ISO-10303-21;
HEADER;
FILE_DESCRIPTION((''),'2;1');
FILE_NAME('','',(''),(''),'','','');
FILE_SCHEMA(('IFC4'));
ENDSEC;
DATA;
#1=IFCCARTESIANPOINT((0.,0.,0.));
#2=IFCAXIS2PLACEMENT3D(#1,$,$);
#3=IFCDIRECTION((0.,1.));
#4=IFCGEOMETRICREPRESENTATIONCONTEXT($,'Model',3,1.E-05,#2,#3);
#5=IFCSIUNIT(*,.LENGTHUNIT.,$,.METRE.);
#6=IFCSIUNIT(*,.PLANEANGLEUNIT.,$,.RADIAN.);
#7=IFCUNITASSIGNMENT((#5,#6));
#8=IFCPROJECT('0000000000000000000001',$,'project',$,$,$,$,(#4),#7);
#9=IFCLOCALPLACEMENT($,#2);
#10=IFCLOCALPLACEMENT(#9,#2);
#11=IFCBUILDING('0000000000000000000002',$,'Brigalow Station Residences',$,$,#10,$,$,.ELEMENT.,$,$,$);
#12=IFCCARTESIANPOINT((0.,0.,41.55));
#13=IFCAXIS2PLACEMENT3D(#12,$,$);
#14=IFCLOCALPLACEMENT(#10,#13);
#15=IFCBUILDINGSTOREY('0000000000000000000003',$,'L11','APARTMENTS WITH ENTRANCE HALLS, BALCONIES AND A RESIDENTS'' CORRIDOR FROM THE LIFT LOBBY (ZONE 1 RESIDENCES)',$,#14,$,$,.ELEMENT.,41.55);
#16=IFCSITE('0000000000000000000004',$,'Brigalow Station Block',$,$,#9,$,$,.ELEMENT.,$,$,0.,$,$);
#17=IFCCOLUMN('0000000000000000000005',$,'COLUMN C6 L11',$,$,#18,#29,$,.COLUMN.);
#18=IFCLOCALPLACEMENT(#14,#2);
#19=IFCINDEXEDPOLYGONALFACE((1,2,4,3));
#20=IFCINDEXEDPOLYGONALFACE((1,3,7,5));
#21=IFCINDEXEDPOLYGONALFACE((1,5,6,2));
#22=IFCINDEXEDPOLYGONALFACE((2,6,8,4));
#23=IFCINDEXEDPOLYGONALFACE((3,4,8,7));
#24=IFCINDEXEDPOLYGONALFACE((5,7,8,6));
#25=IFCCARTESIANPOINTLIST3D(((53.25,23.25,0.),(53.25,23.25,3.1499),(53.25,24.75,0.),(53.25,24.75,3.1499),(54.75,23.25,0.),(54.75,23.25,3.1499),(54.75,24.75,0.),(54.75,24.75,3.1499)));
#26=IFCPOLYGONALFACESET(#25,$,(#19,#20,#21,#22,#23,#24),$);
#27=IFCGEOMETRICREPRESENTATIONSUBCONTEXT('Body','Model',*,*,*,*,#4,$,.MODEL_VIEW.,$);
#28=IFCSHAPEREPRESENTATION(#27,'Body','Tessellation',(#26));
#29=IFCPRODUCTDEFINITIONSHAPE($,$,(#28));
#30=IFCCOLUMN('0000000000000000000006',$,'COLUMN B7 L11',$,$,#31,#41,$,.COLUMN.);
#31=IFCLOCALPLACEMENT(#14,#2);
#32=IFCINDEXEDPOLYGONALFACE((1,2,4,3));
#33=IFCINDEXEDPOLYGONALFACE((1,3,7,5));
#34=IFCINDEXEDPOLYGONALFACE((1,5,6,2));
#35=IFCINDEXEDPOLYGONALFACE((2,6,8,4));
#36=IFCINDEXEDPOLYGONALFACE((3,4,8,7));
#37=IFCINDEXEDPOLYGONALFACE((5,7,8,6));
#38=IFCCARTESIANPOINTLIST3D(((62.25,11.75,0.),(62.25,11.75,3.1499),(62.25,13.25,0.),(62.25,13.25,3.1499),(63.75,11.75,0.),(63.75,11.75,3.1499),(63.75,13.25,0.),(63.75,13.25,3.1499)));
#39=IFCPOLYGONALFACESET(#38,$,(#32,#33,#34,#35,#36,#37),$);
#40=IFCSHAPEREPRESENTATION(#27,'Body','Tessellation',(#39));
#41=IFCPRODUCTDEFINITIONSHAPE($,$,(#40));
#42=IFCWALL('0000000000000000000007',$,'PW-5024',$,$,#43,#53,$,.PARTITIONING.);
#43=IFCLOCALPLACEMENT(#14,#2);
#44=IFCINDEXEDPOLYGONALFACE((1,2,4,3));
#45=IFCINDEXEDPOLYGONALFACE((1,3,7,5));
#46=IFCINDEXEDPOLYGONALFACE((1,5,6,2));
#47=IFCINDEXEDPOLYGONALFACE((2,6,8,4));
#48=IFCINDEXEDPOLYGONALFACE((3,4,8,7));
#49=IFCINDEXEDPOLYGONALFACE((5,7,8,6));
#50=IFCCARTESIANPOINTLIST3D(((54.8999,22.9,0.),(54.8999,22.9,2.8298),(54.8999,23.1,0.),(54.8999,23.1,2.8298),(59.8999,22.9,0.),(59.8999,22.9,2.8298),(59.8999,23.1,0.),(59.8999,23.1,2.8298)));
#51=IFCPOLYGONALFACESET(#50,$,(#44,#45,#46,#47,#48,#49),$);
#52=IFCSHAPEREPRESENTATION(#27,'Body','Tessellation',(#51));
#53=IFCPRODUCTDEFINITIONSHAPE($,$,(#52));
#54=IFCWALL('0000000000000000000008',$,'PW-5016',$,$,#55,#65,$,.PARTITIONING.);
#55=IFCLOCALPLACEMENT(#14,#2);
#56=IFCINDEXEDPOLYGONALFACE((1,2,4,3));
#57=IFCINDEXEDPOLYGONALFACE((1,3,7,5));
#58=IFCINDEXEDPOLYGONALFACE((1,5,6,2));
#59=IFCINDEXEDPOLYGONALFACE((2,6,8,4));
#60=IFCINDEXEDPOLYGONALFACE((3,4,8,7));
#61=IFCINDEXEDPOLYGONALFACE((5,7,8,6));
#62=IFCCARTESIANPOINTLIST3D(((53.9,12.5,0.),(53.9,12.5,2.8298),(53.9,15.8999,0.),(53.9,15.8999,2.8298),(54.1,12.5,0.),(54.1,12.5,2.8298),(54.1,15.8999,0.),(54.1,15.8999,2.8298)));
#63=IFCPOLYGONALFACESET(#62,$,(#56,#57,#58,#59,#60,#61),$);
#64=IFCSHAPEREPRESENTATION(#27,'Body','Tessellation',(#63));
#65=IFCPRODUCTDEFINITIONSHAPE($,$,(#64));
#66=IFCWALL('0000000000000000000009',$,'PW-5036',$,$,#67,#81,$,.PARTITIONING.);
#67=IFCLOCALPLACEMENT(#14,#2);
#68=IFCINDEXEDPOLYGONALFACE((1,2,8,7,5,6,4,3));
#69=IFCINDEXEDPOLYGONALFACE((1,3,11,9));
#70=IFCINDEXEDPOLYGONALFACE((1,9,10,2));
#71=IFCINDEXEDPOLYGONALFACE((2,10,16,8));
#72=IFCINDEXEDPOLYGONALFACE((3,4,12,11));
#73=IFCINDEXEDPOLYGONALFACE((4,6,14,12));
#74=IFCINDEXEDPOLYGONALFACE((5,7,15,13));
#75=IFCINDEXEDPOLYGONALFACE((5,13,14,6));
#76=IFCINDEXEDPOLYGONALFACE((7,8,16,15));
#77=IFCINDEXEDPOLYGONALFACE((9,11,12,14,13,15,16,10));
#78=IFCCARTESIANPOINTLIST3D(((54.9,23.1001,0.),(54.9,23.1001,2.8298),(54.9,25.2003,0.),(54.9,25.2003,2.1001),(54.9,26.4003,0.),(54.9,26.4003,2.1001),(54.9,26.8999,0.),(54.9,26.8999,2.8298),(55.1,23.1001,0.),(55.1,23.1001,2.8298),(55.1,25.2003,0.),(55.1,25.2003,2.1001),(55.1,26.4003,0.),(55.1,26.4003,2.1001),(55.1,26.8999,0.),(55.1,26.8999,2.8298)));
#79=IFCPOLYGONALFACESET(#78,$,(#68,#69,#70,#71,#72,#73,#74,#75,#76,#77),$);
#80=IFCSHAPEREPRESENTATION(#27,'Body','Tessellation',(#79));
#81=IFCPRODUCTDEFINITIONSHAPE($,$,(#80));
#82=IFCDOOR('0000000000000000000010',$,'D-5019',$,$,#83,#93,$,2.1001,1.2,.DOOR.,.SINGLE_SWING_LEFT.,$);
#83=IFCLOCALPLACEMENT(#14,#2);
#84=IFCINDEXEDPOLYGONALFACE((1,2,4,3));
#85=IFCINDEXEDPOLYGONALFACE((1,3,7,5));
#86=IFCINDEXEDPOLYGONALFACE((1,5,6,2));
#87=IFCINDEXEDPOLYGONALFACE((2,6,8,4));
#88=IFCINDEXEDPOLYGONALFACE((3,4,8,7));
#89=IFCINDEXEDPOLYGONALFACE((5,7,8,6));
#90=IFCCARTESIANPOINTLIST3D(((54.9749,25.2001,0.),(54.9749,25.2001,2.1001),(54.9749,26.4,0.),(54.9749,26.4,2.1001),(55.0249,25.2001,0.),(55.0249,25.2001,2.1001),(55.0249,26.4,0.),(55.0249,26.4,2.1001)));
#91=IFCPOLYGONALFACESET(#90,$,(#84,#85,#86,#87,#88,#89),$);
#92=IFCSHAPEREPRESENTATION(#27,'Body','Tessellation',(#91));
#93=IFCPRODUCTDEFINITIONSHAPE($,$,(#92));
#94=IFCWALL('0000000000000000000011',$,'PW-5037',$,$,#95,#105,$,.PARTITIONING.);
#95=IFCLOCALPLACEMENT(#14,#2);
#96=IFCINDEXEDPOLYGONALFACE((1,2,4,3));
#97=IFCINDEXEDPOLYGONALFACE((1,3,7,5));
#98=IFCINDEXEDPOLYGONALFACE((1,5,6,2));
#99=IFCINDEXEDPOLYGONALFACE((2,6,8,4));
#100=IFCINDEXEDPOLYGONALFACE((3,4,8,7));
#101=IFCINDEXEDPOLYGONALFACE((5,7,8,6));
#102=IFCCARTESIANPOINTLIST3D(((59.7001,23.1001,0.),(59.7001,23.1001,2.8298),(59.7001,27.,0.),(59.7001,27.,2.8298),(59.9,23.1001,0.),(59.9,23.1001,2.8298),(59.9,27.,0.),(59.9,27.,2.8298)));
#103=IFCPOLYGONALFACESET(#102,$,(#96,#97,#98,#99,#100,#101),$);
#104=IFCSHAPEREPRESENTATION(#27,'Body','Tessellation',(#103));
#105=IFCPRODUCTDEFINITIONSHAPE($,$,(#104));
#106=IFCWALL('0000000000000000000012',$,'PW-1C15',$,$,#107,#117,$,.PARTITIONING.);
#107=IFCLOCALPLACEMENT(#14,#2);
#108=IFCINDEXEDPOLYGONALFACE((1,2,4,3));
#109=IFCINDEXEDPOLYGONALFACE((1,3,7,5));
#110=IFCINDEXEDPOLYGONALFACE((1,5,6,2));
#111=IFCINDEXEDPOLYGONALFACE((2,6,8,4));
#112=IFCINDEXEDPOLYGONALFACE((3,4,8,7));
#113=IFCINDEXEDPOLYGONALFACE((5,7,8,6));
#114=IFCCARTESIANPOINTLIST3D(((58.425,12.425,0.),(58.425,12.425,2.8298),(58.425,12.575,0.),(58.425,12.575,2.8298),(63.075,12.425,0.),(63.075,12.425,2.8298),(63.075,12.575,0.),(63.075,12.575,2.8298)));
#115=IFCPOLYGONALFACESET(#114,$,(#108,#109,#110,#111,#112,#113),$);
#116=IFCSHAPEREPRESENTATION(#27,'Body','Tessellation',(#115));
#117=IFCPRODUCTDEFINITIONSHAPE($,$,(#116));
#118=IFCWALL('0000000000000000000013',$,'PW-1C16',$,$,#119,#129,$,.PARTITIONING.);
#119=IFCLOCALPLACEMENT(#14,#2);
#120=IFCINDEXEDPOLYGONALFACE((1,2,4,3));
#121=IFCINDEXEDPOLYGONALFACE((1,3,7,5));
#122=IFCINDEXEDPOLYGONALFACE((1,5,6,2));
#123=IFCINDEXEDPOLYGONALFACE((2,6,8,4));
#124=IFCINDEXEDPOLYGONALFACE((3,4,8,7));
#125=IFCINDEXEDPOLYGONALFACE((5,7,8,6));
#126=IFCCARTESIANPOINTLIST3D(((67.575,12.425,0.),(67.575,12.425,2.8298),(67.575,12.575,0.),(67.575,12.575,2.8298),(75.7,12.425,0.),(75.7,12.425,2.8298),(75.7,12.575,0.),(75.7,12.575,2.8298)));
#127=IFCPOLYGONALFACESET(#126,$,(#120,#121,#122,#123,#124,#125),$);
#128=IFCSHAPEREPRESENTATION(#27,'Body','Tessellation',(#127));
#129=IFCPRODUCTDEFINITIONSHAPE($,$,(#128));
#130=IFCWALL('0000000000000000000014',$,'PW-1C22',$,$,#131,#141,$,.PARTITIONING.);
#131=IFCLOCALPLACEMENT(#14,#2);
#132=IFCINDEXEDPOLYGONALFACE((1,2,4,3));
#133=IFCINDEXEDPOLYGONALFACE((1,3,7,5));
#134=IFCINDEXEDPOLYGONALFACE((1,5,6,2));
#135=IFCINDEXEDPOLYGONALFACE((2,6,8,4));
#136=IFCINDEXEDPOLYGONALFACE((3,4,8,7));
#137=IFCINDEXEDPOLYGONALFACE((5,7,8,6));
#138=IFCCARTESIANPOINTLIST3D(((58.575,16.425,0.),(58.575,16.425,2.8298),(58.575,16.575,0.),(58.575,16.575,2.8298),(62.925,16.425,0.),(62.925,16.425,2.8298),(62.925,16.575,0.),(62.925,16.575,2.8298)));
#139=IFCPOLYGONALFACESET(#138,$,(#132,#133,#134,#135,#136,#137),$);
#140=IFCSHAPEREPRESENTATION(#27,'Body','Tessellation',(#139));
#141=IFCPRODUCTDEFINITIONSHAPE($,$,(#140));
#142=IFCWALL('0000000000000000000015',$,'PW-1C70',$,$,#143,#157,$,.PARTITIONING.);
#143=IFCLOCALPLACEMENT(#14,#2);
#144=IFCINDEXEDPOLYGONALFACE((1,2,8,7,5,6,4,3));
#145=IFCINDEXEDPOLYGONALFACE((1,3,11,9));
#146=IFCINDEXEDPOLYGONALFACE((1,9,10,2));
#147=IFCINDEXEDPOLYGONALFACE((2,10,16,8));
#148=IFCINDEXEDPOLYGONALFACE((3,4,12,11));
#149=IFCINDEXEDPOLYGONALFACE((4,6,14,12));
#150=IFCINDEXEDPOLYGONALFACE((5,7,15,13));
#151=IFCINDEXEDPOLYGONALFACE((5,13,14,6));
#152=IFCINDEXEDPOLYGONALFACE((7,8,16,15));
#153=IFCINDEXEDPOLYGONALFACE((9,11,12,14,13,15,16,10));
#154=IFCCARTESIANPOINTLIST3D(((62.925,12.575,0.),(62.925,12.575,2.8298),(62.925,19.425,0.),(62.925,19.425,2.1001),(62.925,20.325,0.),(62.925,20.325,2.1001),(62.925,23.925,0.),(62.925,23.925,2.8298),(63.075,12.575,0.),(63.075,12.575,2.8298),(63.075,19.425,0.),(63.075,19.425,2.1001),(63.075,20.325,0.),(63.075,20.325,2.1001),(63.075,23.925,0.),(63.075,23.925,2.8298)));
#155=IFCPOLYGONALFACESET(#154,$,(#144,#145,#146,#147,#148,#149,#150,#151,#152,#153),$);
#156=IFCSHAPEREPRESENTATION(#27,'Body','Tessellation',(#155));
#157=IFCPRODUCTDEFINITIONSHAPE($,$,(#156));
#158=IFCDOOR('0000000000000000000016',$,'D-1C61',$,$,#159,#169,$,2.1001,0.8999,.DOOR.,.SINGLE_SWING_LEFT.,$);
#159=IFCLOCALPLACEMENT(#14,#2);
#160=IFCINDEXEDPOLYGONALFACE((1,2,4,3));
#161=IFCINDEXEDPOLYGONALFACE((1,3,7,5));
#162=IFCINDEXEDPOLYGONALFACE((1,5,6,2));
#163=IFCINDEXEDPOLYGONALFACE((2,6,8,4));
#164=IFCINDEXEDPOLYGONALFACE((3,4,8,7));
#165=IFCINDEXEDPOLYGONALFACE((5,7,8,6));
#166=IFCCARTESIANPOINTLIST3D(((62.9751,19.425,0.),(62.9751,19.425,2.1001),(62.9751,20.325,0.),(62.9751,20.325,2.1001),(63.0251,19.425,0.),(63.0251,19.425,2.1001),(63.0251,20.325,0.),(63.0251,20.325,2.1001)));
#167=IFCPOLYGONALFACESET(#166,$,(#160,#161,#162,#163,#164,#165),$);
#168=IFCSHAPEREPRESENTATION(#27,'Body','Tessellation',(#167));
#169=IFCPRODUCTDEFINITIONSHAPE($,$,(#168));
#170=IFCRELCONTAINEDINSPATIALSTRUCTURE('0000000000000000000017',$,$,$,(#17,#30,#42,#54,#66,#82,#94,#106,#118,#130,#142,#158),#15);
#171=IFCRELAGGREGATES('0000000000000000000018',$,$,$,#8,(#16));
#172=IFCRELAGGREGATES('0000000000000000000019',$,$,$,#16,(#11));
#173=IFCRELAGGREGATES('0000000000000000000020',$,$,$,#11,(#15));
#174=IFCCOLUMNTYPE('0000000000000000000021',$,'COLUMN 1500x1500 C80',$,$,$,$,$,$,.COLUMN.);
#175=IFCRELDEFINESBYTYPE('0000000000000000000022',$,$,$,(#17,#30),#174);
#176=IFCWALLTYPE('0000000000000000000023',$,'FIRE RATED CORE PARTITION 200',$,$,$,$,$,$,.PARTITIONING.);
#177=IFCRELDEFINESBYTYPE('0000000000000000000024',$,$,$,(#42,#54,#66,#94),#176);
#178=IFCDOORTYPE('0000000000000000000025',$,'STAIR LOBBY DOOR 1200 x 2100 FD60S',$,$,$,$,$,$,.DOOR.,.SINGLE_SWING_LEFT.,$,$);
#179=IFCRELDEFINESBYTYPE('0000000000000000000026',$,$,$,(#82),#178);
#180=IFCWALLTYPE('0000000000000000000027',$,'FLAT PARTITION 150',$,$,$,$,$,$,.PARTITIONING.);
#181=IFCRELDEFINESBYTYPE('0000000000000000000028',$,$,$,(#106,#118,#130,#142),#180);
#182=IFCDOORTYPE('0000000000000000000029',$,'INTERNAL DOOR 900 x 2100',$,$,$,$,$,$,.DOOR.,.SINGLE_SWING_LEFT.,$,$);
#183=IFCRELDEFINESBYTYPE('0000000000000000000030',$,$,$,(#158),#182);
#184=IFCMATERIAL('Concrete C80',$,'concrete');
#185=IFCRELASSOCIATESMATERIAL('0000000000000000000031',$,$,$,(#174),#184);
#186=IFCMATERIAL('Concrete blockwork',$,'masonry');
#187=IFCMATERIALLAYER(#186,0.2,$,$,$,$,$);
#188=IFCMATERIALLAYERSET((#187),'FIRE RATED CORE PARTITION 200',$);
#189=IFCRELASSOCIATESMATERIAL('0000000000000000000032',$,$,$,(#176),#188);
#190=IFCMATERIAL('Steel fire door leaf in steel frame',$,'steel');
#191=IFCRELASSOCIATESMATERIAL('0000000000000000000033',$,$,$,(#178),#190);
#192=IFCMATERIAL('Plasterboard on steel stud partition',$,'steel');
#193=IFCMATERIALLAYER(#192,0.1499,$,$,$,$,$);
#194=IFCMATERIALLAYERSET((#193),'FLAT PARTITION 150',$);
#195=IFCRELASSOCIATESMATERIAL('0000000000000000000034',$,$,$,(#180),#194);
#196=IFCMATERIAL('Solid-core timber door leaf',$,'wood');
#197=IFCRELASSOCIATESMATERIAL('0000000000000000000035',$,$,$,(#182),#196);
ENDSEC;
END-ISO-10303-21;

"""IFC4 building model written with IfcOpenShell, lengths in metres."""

from ifc_helpers import new_model, si_unit, direction, frame, frame_2d, origin, origin_2d, place, context, subcontext, project, spatial, rectangle, extrude, material, layer, layer_set, material_profile, profile_set, type_object, element, fill, save


model = new_model("IFC4")

# Units and contexts
model_context = context("Model", 3, precision=1e-05, world=origin(), true_north=direction((0.0, 1.0)))
body_context = subcontext(model_context, "Body", "Model", "MODEL_VIEW")
ifc_project = project(units=[si_unit("LENGTHUNIT", "METRE"), si_unit("PLANEANGLEUNIT", "RADIAN")], contexts=[model_context])

# Site, building, storey
site_placement = place(None, origin())
site = spatial("IfcSite", under=ifc_project, at=site_placement, Name="Brigalow Station Block", CompositionType="ELEMENT", RefElevation=0.0)
building_placement = place(site_placement, origin())
building = spatial("IfcBuilding", under=site, at=building_placement, Name="Brigalow Station Residences", CompositionType="ELEMENT")
storey_placement = place(building_placement, frame((0.0, 0.0, 41.55)))
storey = spatial("IfcBuildingStorey", under=building, at=storey_placement, Name="L11", Description="APARTMENTS WITH ENTRANCE HALLS, BALCONIES AND A RESIDENTS' CORRIDOR FROM THE LIFT LOBBY (ZONE 1 RESIDENCES)", CompositionType="ELEMENT", Elevation=41.55)

# Columns
ifc_material_1 = material(Name="Concrete C80", Category="concrete")
ifc_material_profile = material_profile(ifc_material_1, rectangle(XDim=1.5, YDim=1.5, at=origin_2d()), Name="RC1500x1500")
ifc_profile_set = profile_set([ifc_material_profile], Name="Concrete C80")
column_type = type_object("IfcColumnType", Name="COLUMN 1500x1500 C80", PredefinedType="COLUMN", material=ifc_profile_set)
for number, where, z_axis, x_axis, name in (
    (1, (54.0, 24.0, 0.0), (0.0, 0.0, 1.0), (1.0, 0.0, 0.0), "COLUMN C6 L11"),
    (2, (63.0, 12.5, 0.0), (0.0, 0.0, 1.0), (1.0, 0.0, 0.0), "COLUMN B7 L11"),
):
    element("IfcColumn", number, at=place(storey_placement, frame(where, z_axis=z_axis, x_axis=x_axis)), inside=storey, type_object=column_type, Name=name, PredefinedType="COLUMN", context=body_context, shape_type="SweptSolid", body=[
        extrude(rectangle(XDim=1.5, YDim=1.5, at=origin_2d()), origin(), (0.0, 0.0, 1.0), 3.1499),
    ])

# Walls
ifc_material_2 = material(Name="Concrete blockwork", Category="masonry")
ifc_layer_1 = layer(ifc_material_2, 0.2)
ifc_layer_set_1 = layer_set([ifc_layer_1], Name="FIRE RATED CORE PARTITION 200")
wall_type_1 = type_object("IfcWallType", Name="FIRE RATED CORE PARTITION 200", PredefinedType="PARTITIONING", material=ifc_layer_set_1)
wall_1_placement = place(storey_placement, frame((54.8999, 23.0, 0.0), z_axis=(0.0, 0.0, 1.0), x_axis=(1.0, 0.0, 0.0)))
element("IfcWall", 3, at=wall_1_placement, inside=storey, type_object=wall_type_1, Name="PW-5024", PredefinedType="PARTITIONING", context=body_context, shape_type="SweptSolid", body=[
    extrude(rectangle(XDim=5.0, YDim=0.2, at=frame_2d((2.5, 0.0))), origin(), (0.0, 0.0, 1.0), 2.8298),
])
wall_2_placement = place(storey_placement, frame((54.0, 12.5, 0.0), z_axis=(0.0, 0.0, 1.0), x_axis=(0.0, 1.0, 0.0)))
element("IfcWall", 4, at=wall_2_placement, inside=storey, type_object=wall_type_1, Name="PW-5016", PredefinedType="PARTITIONING", context=body_context, shape_type="SweptSolid", body=[
    extrude(rectangle(XDim=3.3999, YDim=0.2, at=frame_2d((1.7, 0.0))), origin(), (0.0, 0.0, 1.0), 2.8298),
])

# Wall, opening, door
wall_3_placement = place(storey_placement, frame((55.0, 23.1001, 0.0), z_axis=(0.0, 0.0, 1.0), x_axis=(0.0, 1.0, 0.0)))
wall_3 = element("IfcWall", 5, at=wall_3_placement, inside=storey, type_object=wall_type_1, Name="PW-5036", PredefinedType="PARTITIONING", context=body_context, shape_type="SweptSolid", body=[
    extrude(rectangle(XDim=3.7998, YDim=0.2, at=frame_2d((1.8999, 0.0))), origin(), (0.0, 0.0, 1.0), 2.8298),
])
opening_1_placement = place(wall_3_placement, frame((2.1001, 0.0, 0.0)))
opening_1 = element("IfcOpeningElement", 6, at=opening_1_placement, cuts=wall_3, PredefinedType="OPENING", context=body_context, shape_type="SweptSolid", body=[
    extrude(rectangle(XDim=1.2, YDim=2.1001, at=frame_2d((0.6001, 1.05))), frame((0.0, 0.1099, 0.0), z_axis=(0.0, -1.0, 0.0), x_axis=(1.0, 0.0, 0.0)), (0.0, 0.0, 1.0), 0.22),
])
ifc_material_3 = material(Name="Steel fire door leaf in steel frame", Category="steel")
door_type_1 = type_object("IfcDoorType", Name="STAIR LOBBY DOOR 1200 x 2100 FD60S", OperationType="SINGLE_SWING_LEFT", PredefinedType="DOOR", material=ifc_material_3)
door_1_placement = place(opening_1_placement, frame((1.2, 0.0, 0.0), z_axis=(0.0, 0.0, 1.0), x_axis=(-1.0, 0.0, 0.0)))
door_1 = element("IfcDoor", 7, at=door_1_placement, inside=storey, type_object=door_type_1, Name="D-5019", OperationType="SINGLE_SWING_LEFT", OverallHeight=2.1001, OverallWidth=1.2, PredefinedType="DOOR", context=body_context, shape_type="SweptSolid", body=[
    extrude(rectangle(XDim=1.2, YDim=2.1001, at=frame_2d((0.6001, 1.05))), frame((0.0, 0.0249, 0.0), z_axis=(0.0, -1.0, 0.0), x_axis=(1.0, 0.0, 0.0)), (0.0, 0.0, 1.0), 0.05),
])
fill(opening_1, door_1)

# Walls
wall_4_placement = place(storey_placement, frame((59.8, 23.1001, 0.0), z_axis=(0.0, 0.0, 1.0), x_axis=(0.0, 1.0, 0.0)))
element("IfcWall", 8, at=wall_4_placement, inside=storey, type_object=wall_type_1, Name="PW-5037", PredefinedType="PARTITIONING", context=body_context, shape_type="SweptSolid", body=[
    extrude(rectangle(XDim=3.8999, YDim=0.2, at=frame_2d((1.95, 0.0))), origin(), (0.0, 0.0, 1.0), 2.8298),
])
ifc_material_4 = material(Name="Plasterboard on steel stud partition", Category="steel")
ifc_layer_2 = layer(ifc_material_4, 0.1499)
ifc_layer_set_2 = layer_set([ifc_layer_2], Name="FLAT PARTITION 150")
wall_type_2 = type_object("IfcWallType", Name="FLAT PARTITION 150", PredefinedType="PARTITIONING", material=ifc_layer_set_2)
wall_5_placement = place(storey_placement, frame((58.425, 12.5, 0.0), z_axis=(0.0, 0.0, 1.0), x_axis=(1.0, 0.0, 0.0)))
element("IfcWall", 9, at=wall_5_placement, inside=storey, type_object=wall_type_2, Name="PW-1C15", PredefinedType="PARTITIONING", context=body_context, shape_type="SweptSolid", body=[
    extrude(rectangle(XDim=4.6499, YDim=0.1499, at=frame_2d((2.325, 0.0))), origin(), (0.0, 0.0, 1.0), 2.8298),
])
wall_6_placement = place(storey_placement, frame((67.575, 12.5, 0.0), z_axis=(0.0, 0.0, 1.0), x_axis=(1.0, 0.0, 0.0)))
element("IfcWall", 10, at=wall_6_placement, inside=storey, type_object=wall_type_2, Name="PW-1C16", PredefinedType="PARTITIONING", context=body_context, shape_type="SweptSolid", body=[
    extrude(rectangle(XDim=8.125, YDim=0.1499, at=frame_2d((4.0625, 0.0))), origin(), (0.0, 0.0, 1.0), 2.8298),
])
wall_7_placement = place(storey_placement, frame((58.575, 16.5, 0.0), z_axis=(0.0, 0.0, 1.0), x_axis=(1.0, 0.0, 0.0)))
element("IfcWall", 11, at=wall_7_placement, inside=storey, type_object=wall_type_2, Name="PW-1C22", PredefinedType="PARTITIONING", context=body_context, shape_type="SweptSolid", body=[
    extrude(rectangle(XDim=4.3501, YDim=0.1499, at=frame_2d((2.175, 0.0))), origin(), (0.0, 0.0, 1.0), 2.8298),
])

# Wall, opening, door
wall_8_placement = place(storey_placement, frame((63.0, 12.575, 0.0), z_axis=(0.0, 0.0, 1.0), x_axis=(0.0, 1.0, 0.0)))
wall_8 = element("IfcWall", 12, at=wall_8_placement, inside=storey, type_object=wall_type_2, Name="PW-1C70", PredefinedType="PARTITIONING", context=body_context, shape_type="SweptSolid", body=[
    extrude(rectangle(XDim=11.3501, YDim=0.1499, at=frame_2d((5.675, 0.0))), origin(), (0.0, 0.0, 1.0), 2.8298),
])
opening_2_placement = place(wall_8_placement, frame((6.8501, 0.0, 0.0)))
opening_2 = element("IfcOpeningElement", 13, at=opening_2_placement, cuts=wall_8, PredefinedType="OPENING", context=body_context, shape_type="SweptSolid", body=[
    extrude(rectangle(XDim=0.8999, YDim=2.1001, at=frame_2d((0.45, 1.05))), frame((0.0, 0.085, 0.0), z_axis=(0.0, -1.0, 0.0), x_axis=(1.0, 0.0, 0.0)), (0.0, 0.0, 1.0), 0.1699),
])
ifc_material_5 = material(Name="Solid-core timber door leaf", Category="wood")
door_type_2 = type_object("IfcDoorType", Name="INTERNAL DOOR 900 x 2100", OperationType="SINGLE_SWING_LEFT", PredefinedType="DOOR", material=ifc_material_5)
door_2_placement = place(opening_2_placement, origin())
door_2 = element("IfcDoor", 14, at=door_2_placement, inside=storey, type_object=door_type_2, Name="D-1C61", OperationType="SINGLE_SWING_LEFT", OverallHeight=2.1001, OverallWidth=0.8999, PredefinedType="DOOR", context=body_context, shape_type="SweptSolid", body=[
    extrude(rectangle(XDim=0.8999, YDim=2.1001, at=frame_2d((0.45, 1.05))), frame((0.0, 0.0249, 0.0), z_axis=(0.0, -1.0, 0.0), x_axis=(1.0, 0.0, 0.0)), (0.0, 0.0, 1.0), 0.05),
])
fill(opening_2, door_2)

save(model, "model.ifc")
